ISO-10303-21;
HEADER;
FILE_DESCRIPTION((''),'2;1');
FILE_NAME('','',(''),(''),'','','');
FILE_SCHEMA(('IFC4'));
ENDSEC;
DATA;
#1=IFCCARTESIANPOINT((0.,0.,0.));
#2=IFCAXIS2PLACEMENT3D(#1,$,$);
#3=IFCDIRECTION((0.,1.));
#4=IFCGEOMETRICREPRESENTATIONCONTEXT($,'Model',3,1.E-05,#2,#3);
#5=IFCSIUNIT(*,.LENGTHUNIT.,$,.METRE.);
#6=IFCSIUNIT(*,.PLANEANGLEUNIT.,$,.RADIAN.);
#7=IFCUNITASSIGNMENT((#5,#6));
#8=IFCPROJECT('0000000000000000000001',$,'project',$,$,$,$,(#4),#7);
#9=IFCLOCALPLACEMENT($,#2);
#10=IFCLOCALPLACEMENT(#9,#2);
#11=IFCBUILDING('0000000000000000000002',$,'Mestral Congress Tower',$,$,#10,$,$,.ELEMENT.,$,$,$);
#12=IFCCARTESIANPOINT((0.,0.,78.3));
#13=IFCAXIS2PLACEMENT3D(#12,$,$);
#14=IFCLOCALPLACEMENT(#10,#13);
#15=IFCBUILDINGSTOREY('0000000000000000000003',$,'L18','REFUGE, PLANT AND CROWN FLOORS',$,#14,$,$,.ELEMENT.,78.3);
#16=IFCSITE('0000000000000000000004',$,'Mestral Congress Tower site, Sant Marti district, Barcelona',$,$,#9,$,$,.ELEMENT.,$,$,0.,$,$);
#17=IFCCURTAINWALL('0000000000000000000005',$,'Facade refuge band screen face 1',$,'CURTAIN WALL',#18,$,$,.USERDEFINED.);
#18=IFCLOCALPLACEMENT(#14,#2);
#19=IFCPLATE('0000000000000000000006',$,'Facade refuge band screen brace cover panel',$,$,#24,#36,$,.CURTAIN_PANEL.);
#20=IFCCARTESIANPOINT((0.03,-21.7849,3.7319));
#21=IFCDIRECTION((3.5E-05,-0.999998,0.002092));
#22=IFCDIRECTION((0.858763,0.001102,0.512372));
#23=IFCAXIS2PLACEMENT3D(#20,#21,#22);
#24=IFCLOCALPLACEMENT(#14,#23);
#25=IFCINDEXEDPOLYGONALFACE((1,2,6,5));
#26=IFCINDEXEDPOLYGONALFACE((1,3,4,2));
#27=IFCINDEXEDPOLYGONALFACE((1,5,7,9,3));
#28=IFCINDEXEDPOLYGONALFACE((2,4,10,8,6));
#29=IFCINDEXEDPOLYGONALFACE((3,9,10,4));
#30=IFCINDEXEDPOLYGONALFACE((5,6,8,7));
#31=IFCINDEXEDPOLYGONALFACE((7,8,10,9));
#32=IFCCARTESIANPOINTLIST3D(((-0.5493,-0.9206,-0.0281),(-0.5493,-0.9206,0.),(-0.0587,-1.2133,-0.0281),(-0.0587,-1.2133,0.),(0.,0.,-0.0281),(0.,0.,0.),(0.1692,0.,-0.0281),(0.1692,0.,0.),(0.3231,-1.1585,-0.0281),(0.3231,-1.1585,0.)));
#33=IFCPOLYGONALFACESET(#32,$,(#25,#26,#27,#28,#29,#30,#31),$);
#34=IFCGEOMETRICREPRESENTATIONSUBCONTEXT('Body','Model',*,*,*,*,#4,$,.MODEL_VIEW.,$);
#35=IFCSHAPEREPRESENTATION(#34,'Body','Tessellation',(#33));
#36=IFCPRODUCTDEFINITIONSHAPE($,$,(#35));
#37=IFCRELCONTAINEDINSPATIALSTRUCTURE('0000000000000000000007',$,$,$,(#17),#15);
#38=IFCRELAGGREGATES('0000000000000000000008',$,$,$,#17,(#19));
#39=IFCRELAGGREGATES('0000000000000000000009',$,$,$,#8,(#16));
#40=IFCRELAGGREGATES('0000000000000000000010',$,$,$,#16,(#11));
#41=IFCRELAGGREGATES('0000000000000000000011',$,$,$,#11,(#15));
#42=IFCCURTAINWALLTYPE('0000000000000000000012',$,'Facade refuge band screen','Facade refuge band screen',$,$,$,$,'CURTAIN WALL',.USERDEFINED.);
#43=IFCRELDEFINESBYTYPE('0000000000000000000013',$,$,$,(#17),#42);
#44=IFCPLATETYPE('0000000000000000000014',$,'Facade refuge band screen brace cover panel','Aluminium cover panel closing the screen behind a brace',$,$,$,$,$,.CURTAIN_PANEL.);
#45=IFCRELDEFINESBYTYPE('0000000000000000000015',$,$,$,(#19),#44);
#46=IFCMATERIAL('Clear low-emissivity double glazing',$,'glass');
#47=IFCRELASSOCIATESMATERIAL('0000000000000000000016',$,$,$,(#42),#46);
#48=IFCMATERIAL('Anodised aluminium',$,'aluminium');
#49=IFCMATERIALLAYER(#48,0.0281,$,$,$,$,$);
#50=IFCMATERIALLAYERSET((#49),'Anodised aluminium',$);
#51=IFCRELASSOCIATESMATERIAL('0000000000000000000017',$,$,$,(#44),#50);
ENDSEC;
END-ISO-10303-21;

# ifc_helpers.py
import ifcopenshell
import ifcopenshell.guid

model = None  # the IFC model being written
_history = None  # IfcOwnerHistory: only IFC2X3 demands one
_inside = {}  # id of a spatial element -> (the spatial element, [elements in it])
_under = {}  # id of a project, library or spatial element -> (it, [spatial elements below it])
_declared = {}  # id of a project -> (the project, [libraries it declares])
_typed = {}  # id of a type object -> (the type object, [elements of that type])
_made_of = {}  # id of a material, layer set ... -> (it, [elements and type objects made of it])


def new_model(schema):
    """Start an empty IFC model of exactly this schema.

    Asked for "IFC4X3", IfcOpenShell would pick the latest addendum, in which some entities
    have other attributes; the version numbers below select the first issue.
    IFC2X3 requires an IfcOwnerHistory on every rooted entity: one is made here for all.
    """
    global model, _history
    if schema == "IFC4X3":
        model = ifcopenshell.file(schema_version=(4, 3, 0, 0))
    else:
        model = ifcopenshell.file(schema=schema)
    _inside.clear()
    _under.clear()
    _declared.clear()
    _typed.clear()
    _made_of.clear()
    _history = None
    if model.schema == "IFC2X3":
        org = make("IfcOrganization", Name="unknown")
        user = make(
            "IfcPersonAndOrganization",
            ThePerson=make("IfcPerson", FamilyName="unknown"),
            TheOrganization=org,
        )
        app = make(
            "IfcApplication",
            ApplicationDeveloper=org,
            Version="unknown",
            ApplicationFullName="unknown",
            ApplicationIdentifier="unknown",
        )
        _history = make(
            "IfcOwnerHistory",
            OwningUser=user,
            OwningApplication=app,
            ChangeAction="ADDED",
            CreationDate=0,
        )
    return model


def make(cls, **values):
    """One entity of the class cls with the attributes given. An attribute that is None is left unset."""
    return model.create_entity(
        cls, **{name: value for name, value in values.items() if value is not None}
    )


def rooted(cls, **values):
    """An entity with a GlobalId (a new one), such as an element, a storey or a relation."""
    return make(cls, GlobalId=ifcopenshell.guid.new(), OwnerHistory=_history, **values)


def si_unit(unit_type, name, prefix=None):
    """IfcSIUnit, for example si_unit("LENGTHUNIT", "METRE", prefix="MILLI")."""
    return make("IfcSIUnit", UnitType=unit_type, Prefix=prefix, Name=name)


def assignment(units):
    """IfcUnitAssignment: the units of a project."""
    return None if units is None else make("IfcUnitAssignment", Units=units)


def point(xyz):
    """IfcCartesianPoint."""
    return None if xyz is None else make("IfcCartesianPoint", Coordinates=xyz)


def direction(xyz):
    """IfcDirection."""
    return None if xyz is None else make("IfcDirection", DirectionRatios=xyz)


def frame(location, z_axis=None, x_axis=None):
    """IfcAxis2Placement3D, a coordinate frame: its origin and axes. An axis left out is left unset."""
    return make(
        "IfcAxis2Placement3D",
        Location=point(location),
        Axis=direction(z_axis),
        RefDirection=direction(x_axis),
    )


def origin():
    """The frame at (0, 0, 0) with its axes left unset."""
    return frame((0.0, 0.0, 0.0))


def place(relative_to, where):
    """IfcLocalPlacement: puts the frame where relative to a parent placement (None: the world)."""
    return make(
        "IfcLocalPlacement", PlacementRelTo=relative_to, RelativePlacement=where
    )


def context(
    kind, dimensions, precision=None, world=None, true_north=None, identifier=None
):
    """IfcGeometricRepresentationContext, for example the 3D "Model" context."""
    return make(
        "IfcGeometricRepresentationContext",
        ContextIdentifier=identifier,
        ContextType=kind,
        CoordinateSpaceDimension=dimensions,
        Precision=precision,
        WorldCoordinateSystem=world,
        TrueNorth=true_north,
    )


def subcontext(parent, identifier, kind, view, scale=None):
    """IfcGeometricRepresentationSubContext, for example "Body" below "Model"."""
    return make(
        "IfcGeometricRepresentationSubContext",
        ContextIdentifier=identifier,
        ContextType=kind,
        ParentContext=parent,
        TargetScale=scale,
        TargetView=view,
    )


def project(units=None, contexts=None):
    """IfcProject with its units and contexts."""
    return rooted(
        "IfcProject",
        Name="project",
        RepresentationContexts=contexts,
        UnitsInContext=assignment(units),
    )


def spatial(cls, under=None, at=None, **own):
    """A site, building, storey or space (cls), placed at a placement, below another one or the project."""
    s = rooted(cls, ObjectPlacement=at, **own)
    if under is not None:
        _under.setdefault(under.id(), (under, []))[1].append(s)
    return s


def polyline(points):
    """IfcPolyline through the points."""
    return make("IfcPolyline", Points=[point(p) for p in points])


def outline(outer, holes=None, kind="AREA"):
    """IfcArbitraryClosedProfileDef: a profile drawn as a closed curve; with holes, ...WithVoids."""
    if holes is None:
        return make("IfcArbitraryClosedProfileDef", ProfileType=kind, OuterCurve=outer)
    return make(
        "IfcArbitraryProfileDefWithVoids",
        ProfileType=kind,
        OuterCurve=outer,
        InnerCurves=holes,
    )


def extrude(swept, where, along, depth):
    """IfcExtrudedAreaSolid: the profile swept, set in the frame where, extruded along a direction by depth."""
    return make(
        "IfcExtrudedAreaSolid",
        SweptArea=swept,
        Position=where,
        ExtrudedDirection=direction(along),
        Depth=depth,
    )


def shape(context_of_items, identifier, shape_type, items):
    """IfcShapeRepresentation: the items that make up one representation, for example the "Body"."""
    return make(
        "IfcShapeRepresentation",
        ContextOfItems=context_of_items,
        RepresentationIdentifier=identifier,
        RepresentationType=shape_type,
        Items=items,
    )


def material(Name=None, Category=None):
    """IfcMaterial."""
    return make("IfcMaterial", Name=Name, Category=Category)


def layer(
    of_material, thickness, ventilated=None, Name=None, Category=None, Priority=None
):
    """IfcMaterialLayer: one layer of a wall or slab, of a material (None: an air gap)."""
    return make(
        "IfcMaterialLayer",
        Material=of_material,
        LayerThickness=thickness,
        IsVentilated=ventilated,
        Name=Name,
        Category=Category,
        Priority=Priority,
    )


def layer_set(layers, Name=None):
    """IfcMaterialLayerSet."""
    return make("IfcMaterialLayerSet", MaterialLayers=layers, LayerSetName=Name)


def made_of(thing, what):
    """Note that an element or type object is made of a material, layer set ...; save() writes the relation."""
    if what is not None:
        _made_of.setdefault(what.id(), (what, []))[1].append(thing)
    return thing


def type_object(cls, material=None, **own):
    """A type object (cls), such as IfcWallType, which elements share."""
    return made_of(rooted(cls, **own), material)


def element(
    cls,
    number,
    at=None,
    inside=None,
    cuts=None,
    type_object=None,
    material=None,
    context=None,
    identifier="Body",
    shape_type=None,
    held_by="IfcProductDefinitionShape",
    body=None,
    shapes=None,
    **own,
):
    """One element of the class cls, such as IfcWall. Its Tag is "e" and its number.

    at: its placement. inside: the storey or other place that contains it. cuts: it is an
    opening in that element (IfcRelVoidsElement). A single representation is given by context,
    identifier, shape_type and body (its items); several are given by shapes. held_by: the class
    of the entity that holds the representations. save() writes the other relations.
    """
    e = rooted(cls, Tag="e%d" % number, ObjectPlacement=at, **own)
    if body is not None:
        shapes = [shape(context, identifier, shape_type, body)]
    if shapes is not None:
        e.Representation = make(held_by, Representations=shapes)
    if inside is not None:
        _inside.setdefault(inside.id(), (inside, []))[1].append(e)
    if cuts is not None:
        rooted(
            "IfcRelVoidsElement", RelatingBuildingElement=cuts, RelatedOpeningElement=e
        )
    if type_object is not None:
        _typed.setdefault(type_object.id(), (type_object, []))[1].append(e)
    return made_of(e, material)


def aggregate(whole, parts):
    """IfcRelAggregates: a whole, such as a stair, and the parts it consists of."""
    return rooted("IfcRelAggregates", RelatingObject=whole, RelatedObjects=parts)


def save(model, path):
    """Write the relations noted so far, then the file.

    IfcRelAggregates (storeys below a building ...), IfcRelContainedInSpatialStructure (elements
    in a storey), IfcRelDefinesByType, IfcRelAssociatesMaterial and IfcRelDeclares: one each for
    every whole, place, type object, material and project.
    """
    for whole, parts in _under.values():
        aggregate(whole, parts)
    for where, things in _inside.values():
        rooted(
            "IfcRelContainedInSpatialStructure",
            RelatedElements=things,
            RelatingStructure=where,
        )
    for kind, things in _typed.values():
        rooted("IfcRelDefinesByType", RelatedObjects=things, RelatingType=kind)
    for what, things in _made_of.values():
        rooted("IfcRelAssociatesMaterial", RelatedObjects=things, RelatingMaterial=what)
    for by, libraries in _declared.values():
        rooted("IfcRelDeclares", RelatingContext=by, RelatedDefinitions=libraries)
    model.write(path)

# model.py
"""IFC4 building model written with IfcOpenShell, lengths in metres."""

from ifc_helpers import new_model, si_unit, direction, frame, origin, place, context, subcontext, project, spatial, polyline, outline, extrude, material, layer, layer_set, type_object, element, aggregate, save


model = new_model("IFC4")

# Units and contexts
model_context = context("Model", 3, precision=1e-05, world=origin(), true_north=direction((0.0, 1.0)))
body_context = subcontext(model_context, "Body", "Model", "MODEL_VIEW")
ifc_project = project(units=[si_unit("LENGTHUNIT", "METRE"), si_unit("PLANEANGLEUNIT", "RADIAN")], contexts=[model_context])

# Site, building, storey
site_placement = place(None, origin())
site = spatial("IfcSite", under=ifc_project, at=site_placement, Name="Mestral Congress Tower site, Sant Marti district, Barcelona", CompositionType="ELEMENT", RefElevation=0.0)
building_placement = place(site_placement, origin())
building = spatial("IfcBuilding", under=site, at=building_placement, Name="Mestral Congress Tower", CompositionType="ELEMENT")
storey_placement = place(building_placement, frame((0.0, 0.0, 78.3)))
storey = spatial("IfcBuildingStorey", under=building, at=storey_placement, Name="L18", Description="REFUGE, PLANT AND CROWN FLOORS", CompositionType="ELEMENT", Elevation=78.3)

# Curtain wall
ifc_material_1 = material(Name="Clear low-emissivity double glazing", Category="glass")
curtain_wall_type = type_object("IfcCurtainWallType", Name="Facade refuge band screen", Description="Facade refuge band screen", ElementType="CURTAIN WALL", PredefinedType="USERDEFINED", material=ifc_material_1)
curtain_wall_placement = place(storey_placement, origin())
curtain_wall = element("IfcCurtainWall", 1, at=curtain_wall_placement, inside=storey, type_object=curtain_wall_type, Name="Facade refuge band screen face 1", ObjectType="CURTAIN WALL", PredefinedType="USERDEFINED")
ifc_material_2 = material(Name="Anodised aluminium", Category="aluminium")

# Plate
ifc_layer_1 = layer(ifc_material_2, 0.0281)
ifc_layer_set_1 = layer_set([ifc_layer_1], Name="Anodised aluminium")
plate_type_1 = type_object("IfcPlateType", Name="Facade refuge band screen brace cover panel", Description="Aluminium cover panel closing the screen behind a brace", PredefinedType="CURTAIN_PANEL", material=ifc_layer_set_1)
plate_1_placement = place(storey_placement, frame((0.03, -21.7849, 3.7319), z_axis=(0.000035, -0.999998, 0.002092), x_axis=(0.858763, 0.001102, 0.512372)))
plate_1 = element("IfcPlate", 2, at=plate_1_placement, type_object=plate_type_1, Name="Facade refuge band screen brace cover panel", PredefinedType="CURTAIN_PANEL", context=body_context, shape_type="SweptSolid", body=[
    extrude(outline(polyline([(0.0, 0.0), (0.1692, 0.0), (0.3231, -1.1585), (-0.0587, -1.2133), (-0.5493, -0.9206), (0.0, 0.0)])), origin(), (0.0, 0.0, -1.0), 0.0281),
])

aggregate(curtain_wall, [plate_1])

save(model, "model.ifc")
